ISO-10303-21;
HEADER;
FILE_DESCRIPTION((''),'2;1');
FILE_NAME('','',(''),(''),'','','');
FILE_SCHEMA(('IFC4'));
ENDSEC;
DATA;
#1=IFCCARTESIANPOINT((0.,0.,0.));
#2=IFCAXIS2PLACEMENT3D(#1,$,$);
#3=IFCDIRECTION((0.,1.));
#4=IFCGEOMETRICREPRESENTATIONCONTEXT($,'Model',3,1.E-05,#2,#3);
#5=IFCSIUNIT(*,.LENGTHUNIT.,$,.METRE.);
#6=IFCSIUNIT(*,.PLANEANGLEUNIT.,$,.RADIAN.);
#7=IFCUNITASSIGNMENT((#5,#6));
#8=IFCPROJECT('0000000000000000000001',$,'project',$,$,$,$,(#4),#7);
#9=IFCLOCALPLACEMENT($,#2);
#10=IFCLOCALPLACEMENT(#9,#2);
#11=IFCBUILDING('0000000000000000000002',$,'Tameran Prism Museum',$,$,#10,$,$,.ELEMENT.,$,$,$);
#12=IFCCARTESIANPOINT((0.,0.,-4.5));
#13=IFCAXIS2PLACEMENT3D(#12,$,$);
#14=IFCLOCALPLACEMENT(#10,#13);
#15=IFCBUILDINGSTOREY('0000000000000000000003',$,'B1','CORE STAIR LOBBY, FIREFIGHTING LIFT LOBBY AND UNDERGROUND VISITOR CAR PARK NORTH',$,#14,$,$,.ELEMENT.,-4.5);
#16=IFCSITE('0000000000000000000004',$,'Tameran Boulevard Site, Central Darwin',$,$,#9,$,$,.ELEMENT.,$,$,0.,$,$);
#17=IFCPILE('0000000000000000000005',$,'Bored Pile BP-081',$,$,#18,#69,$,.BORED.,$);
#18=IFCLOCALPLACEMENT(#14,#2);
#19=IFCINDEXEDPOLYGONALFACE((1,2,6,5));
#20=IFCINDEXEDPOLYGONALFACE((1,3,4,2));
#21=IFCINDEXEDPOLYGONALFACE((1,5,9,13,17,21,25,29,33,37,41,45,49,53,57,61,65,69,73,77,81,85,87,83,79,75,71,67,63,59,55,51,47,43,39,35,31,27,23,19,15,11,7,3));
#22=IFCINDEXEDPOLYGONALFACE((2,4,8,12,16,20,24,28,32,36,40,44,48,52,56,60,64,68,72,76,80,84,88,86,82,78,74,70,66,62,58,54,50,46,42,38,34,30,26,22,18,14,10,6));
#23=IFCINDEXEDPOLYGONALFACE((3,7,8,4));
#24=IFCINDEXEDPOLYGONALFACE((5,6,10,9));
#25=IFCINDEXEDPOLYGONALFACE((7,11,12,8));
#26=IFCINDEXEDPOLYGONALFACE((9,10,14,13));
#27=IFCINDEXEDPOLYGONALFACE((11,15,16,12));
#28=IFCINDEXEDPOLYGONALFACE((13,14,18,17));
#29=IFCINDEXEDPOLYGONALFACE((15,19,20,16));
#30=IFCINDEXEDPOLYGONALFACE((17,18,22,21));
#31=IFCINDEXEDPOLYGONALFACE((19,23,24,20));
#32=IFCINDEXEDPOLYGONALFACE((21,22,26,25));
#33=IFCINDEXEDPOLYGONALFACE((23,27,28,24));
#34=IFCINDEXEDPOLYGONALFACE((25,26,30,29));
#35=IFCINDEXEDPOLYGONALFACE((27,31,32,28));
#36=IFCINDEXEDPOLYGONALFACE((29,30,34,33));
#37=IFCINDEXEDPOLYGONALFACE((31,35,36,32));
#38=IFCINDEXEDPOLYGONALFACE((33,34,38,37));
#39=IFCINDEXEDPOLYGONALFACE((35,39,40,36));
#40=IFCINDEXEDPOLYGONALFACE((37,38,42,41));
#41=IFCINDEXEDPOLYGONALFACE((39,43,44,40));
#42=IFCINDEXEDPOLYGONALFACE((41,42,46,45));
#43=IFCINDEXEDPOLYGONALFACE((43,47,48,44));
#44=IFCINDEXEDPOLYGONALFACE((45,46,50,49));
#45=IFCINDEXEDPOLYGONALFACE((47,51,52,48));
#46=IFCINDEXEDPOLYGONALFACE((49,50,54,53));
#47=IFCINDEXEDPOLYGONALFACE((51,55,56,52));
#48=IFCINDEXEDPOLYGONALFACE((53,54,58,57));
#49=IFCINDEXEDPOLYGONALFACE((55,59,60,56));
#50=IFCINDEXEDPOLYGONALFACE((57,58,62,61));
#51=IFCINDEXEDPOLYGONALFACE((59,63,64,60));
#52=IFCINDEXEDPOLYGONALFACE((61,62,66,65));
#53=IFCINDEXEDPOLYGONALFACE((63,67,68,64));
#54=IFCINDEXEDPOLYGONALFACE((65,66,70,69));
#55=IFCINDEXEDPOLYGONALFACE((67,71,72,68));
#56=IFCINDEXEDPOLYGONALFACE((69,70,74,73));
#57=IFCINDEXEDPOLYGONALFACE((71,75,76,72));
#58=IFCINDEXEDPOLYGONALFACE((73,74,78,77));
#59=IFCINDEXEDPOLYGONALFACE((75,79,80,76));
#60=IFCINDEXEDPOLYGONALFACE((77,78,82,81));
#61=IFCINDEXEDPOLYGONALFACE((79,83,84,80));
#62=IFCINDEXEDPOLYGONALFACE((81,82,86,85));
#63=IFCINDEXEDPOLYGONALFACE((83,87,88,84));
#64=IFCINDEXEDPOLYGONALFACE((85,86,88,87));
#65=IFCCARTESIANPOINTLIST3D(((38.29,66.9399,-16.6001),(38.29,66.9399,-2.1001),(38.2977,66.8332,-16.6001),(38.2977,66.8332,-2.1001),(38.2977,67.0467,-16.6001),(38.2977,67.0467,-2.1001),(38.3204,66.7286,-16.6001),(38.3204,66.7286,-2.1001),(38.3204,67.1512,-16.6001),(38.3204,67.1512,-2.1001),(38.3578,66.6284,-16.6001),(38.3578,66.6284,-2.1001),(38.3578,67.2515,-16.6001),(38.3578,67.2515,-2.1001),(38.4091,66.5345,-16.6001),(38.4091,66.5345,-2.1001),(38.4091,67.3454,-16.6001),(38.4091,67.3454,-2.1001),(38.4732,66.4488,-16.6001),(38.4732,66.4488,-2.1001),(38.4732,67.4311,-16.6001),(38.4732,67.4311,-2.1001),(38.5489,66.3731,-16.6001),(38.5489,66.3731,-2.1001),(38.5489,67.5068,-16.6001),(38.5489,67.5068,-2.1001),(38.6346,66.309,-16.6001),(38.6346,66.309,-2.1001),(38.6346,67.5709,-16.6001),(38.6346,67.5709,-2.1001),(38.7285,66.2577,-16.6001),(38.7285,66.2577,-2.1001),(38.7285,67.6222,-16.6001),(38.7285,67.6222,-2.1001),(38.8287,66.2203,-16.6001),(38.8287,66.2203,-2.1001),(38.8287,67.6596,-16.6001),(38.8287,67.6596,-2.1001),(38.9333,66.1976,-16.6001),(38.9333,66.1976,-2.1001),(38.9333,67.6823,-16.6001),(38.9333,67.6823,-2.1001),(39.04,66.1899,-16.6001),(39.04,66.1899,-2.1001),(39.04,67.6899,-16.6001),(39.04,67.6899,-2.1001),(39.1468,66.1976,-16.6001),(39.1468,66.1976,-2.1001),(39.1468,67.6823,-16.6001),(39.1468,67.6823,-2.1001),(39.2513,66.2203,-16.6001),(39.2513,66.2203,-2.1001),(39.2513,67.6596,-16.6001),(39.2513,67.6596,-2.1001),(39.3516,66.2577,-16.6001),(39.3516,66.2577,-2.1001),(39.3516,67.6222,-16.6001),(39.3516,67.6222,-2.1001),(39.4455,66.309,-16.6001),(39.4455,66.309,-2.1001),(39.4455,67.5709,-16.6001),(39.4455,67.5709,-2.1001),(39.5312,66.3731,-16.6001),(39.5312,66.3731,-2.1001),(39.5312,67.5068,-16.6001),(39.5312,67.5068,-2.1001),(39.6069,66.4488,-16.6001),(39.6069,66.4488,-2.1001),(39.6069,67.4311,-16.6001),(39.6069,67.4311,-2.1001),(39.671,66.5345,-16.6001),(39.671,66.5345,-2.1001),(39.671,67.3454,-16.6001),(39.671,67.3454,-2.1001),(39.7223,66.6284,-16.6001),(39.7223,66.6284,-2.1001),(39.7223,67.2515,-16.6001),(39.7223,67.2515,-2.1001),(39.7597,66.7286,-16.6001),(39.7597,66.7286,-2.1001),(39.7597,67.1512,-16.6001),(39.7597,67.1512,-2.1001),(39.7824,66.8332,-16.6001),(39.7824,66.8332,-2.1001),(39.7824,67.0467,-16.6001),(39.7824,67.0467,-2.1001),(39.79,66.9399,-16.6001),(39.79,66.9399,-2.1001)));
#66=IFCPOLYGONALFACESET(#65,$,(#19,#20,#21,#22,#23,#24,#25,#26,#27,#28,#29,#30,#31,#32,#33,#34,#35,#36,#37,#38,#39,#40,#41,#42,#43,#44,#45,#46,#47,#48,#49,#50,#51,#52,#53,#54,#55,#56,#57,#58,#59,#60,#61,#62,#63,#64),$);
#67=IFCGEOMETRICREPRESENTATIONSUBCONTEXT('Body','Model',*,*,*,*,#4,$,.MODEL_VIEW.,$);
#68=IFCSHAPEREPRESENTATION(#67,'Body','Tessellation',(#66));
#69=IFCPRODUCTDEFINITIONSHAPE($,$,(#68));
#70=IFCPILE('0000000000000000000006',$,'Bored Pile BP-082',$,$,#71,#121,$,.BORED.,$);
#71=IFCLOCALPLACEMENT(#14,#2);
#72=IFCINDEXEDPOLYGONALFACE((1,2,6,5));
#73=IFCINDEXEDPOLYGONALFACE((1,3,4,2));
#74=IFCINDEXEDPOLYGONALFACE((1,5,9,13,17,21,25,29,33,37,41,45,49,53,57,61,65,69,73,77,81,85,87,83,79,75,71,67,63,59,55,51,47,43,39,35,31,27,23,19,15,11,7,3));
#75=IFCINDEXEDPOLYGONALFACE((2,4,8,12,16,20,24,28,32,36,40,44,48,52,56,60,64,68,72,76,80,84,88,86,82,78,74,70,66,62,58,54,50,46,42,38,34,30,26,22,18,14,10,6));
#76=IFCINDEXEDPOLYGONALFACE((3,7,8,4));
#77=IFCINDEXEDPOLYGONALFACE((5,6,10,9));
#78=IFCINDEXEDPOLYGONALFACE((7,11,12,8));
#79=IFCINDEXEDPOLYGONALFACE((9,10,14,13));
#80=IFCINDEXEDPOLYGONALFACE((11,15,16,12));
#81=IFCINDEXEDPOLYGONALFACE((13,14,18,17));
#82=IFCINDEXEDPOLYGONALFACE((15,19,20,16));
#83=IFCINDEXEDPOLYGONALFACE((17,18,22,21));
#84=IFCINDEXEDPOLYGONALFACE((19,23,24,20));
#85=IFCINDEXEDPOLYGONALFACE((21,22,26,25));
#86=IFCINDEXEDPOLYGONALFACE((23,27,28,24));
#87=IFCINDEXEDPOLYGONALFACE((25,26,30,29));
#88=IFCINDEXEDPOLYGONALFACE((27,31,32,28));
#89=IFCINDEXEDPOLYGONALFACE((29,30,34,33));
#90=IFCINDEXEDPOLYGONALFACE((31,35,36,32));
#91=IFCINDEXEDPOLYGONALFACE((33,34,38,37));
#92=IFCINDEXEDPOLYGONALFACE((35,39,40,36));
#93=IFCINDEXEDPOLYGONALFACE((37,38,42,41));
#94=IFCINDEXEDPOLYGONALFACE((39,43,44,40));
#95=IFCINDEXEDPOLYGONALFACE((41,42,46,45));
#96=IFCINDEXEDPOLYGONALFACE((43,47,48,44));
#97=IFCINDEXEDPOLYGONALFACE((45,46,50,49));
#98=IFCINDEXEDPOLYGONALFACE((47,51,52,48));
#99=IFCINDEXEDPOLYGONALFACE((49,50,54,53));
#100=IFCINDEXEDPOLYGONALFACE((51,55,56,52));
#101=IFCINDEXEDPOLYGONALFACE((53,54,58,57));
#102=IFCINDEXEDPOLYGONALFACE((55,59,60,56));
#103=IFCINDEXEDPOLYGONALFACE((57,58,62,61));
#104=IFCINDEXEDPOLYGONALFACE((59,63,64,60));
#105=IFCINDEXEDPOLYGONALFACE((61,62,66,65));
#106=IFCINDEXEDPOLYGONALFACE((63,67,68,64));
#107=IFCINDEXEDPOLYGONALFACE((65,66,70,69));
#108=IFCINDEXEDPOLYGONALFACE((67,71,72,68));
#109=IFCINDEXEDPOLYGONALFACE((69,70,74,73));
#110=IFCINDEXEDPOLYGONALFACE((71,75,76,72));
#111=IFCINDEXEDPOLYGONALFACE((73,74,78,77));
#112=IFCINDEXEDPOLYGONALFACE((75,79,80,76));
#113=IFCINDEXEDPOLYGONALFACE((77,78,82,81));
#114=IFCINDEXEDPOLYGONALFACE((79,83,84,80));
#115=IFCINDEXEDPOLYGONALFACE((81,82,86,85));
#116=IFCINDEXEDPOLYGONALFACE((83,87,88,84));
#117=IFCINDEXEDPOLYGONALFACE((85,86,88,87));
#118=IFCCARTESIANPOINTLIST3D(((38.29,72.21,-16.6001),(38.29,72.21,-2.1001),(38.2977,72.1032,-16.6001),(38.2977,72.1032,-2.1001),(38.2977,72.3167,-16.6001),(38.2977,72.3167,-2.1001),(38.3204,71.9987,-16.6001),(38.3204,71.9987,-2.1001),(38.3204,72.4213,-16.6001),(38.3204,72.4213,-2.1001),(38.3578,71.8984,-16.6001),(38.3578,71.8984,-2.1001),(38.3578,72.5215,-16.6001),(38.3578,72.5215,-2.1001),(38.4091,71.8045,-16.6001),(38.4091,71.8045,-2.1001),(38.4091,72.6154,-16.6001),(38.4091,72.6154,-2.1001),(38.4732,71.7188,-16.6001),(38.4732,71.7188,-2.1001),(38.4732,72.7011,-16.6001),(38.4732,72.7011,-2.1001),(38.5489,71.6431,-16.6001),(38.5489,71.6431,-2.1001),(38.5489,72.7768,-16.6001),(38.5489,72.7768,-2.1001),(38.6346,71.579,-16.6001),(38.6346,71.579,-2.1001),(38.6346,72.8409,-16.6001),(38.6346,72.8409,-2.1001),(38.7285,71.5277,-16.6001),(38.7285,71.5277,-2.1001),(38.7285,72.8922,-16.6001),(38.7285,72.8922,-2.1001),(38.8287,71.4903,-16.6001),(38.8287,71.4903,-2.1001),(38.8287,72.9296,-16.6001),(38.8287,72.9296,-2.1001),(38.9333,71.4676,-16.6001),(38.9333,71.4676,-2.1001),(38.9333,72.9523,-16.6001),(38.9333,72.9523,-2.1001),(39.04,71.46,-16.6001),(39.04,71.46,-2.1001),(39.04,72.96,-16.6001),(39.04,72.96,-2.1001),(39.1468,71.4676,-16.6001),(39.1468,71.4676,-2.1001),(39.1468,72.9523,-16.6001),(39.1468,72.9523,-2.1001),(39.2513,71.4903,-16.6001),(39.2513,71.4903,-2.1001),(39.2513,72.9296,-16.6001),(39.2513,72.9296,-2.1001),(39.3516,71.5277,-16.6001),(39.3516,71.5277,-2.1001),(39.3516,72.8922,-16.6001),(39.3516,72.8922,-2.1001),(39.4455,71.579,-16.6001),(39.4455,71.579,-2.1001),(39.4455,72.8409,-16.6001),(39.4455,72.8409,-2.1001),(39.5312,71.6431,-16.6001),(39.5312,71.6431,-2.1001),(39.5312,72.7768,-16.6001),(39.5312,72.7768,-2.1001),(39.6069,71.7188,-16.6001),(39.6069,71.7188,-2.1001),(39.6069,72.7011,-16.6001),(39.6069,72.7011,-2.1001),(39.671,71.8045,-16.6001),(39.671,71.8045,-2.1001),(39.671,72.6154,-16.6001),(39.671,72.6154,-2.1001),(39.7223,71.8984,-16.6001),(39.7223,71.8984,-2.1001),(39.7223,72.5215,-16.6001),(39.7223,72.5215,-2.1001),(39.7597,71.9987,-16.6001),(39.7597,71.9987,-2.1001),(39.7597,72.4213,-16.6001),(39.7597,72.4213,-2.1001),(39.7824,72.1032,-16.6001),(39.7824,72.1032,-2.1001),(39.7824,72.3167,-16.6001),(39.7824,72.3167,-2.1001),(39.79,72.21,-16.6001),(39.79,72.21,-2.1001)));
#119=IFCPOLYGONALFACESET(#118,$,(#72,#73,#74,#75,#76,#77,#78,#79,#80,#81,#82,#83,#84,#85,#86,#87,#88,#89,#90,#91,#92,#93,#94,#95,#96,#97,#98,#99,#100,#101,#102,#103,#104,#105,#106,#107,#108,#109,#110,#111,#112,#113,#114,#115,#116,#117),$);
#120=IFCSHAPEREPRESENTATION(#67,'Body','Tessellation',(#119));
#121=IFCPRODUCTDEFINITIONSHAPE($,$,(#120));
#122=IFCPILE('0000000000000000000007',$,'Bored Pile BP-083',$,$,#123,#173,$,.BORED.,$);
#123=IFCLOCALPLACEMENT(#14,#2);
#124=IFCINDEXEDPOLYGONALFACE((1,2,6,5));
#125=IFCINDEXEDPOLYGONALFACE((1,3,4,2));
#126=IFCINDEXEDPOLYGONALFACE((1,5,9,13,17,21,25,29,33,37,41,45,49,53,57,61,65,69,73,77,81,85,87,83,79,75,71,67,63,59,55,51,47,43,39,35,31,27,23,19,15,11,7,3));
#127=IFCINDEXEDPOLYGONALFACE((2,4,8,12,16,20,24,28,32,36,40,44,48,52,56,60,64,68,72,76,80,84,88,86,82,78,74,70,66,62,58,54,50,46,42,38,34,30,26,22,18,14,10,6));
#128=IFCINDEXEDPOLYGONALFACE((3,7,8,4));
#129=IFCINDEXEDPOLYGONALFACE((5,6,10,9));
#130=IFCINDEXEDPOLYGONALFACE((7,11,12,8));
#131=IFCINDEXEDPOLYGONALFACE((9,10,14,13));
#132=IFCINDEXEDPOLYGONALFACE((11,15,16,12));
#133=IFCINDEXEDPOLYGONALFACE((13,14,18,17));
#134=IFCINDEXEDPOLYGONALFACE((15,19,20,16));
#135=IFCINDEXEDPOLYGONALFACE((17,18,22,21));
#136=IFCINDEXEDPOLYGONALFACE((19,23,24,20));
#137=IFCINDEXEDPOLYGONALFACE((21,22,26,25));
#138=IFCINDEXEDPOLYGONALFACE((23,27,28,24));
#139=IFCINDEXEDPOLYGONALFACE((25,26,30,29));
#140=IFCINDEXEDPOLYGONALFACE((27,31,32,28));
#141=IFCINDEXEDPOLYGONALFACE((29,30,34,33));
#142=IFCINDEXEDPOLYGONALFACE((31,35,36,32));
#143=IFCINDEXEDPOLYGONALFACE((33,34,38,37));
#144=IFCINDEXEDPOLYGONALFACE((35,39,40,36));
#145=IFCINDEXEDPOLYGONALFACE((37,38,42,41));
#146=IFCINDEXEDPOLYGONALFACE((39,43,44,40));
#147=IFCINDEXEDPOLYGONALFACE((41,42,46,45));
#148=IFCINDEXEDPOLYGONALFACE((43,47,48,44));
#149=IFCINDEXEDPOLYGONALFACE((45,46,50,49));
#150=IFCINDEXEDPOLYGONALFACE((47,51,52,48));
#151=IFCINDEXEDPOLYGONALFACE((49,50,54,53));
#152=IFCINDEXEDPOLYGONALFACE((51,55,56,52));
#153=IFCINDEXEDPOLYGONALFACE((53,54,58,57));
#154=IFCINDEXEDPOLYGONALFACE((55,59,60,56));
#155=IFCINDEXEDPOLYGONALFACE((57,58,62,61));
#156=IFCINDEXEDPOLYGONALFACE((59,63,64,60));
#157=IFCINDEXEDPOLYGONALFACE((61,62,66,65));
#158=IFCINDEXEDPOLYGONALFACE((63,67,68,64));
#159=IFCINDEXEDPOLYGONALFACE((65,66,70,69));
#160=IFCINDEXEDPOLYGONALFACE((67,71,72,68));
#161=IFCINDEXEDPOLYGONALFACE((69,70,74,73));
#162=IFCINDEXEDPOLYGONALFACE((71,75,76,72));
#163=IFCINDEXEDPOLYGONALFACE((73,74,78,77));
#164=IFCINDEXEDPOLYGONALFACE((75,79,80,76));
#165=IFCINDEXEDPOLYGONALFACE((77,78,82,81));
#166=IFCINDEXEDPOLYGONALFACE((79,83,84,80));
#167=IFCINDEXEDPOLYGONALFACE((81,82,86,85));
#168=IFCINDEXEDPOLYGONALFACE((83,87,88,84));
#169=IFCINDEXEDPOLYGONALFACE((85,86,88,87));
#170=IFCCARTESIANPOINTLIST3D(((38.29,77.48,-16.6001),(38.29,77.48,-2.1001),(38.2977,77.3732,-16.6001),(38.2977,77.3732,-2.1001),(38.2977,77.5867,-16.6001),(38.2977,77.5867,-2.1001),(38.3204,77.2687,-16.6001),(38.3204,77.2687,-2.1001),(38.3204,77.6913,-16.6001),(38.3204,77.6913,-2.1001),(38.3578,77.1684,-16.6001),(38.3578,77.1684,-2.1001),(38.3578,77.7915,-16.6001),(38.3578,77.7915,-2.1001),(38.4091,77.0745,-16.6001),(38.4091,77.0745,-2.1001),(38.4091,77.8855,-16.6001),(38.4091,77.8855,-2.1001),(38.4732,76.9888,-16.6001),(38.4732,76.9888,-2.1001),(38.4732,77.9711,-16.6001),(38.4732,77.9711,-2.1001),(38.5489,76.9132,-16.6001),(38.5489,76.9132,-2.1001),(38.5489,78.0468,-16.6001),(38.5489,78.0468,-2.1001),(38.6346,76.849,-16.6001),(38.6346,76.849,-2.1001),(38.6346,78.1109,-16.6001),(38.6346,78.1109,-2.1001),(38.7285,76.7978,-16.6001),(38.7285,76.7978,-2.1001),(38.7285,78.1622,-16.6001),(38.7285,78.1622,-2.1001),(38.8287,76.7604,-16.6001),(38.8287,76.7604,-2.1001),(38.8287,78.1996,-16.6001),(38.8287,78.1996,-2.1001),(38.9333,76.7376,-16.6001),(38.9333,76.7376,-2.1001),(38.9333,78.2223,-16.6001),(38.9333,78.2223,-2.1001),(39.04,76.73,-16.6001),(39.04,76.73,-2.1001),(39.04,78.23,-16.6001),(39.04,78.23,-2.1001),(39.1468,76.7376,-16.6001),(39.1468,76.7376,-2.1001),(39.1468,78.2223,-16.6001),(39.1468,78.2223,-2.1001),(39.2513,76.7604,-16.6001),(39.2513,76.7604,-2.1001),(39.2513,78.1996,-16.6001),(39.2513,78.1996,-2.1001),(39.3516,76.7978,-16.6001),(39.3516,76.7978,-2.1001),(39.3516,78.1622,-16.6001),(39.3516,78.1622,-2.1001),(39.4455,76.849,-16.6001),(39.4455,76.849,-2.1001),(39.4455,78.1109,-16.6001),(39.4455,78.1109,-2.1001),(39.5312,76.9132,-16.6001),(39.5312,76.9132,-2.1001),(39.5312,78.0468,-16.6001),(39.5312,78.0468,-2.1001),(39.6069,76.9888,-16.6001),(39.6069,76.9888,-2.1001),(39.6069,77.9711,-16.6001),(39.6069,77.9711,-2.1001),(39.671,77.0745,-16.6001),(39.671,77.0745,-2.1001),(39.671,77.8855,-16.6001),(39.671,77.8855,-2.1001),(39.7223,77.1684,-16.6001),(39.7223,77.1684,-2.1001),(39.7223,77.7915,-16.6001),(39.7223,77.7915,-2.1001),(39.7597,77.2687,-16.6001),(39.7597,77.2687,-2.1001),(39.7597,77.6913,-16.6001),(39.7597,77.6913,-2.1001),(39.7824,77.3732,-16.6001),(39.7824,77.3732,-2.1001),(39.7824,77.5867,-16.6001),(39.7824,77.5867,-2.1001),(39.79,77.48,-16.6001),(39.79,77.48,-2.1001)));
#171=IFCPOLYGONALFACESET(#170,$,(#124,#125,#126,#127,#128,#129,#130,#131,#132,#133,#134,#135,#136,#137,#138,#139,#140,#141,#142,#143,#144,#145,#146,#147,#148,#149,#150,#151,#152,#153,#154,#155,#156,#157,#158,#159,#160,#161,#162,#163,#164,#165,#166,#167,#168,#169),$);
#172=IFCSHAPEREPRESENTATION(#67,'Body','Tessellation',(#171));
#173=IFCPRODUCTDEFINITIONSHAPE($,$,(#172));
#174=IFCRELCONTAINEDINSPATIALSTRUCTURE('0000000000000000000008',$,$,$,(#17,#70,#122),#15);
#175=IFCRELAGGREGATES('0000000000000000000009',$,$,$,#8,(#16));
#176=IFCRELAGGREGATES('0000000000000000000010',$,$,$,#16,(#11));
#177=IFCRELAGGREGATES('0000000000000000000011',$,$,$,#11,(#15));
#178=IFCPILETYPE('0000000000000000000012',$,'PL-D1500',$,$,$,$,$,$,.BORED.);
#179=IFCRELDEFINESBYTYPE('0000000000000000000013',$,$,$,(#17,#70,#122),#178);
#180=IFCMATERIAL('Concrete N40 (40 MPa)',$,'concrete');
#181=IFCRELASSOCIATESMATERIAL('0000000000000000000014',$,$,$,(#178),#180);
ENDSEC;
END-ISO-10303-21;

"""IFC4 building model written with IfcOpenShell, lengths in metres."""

from ifc_helpers import new_model, si_unit, direction, frame, origin, origin_2d, place, context, subcontext, project, spatial, circle, extrude, material, material_profile, profile_set, type_object, element, save


model = new_model("IFC4")

# Units and contexts
model_context = context("Model", 3, precision=1e-05, world=origin(), true_north=direction((0.0, 1.0)))
body_context = subcontext(model_context, "Body", "Model", "MODEL_VIEW")
ifc_project = project(units=[si_unit("LENGTHUNIT", "METRE"), si_unit("PLANEANGLEUNIT", "RADIAN")], contexts=[model_context])

# Site, building, storey
site_placement = place(None, origin())
site = spatial("IfcSite", under=ifc_project, at=site_placement, Name="Tameran Boulevard Site, Central Darwin", CompositionType="ELEMENT", RefElevation=0.0)
building_placement = place(site_placement, origin())
building = spatial("IfcBuilding", under=site, at=building_placement, Name="Tameran Prism Museum", CompositionType="ELEMENT")
storey_placement = place(building_placement, frame((0.0, 0.0, -4.5)))
storey = spatial("IfcBuildingStorey", under=building, at=storey_placement, Name="B1", Description="CORE STAIR LOBBY, FIREFIGHTING LIFT LOBBY AND UNDERGROUND VISITOR CAR PARK NORTH", CompositionType="ELEMENT", Elevation=-4.5)

# Piles
ifc_material_1 = material(Name="Concrete N40 (40 MPa)", Category="concrete")
ifc_material_profile_1 = material_profile(ifc_material_1, circle(Radius=0.75, at=origin_2d()))
ifc_profile_set_1 = profile_set([ifc_material_profile_1])
pile_type_1 = type_object("IfcPileType", Name="PL-D1500", PredefinedType="BORED", material=ifc_profile_set_1)
for number, where, z_axis, x_axis, name in (
    (1, (39.04, 66.9399, -2.1001), (0.0, 0.0, -1.0), (1.0, 0.0, 0.0), "Bored Pile BP-081"),
    (2, (39.04, 72.21, -2.1001), (0.0, 0.0, -1.0), (1.0, 0.0, 0.0), "Bored Pile BP-082"),
    (3, (39.04, 77.48, -2.1001), (0.0, 0.0, -1.0), (1.0, 0.0, 0.0), "Bored Pile BP-083"),
):
    element("IfcPile", number, at=place(storey_placement, frame(where, z_axis=z_axis, x_axis=x_axis)), inside=storey, type_object=pile_type_1, Name=name, PredefinedType="BORED", context=body_context, shape_type="SweptSolid", body=[
        extrude(circle(Radius=0.75, at=origin_2d()), origin(), (0.0, 0.0, 1.0), 14.5),
    ])

save(model, "model.ifc")
